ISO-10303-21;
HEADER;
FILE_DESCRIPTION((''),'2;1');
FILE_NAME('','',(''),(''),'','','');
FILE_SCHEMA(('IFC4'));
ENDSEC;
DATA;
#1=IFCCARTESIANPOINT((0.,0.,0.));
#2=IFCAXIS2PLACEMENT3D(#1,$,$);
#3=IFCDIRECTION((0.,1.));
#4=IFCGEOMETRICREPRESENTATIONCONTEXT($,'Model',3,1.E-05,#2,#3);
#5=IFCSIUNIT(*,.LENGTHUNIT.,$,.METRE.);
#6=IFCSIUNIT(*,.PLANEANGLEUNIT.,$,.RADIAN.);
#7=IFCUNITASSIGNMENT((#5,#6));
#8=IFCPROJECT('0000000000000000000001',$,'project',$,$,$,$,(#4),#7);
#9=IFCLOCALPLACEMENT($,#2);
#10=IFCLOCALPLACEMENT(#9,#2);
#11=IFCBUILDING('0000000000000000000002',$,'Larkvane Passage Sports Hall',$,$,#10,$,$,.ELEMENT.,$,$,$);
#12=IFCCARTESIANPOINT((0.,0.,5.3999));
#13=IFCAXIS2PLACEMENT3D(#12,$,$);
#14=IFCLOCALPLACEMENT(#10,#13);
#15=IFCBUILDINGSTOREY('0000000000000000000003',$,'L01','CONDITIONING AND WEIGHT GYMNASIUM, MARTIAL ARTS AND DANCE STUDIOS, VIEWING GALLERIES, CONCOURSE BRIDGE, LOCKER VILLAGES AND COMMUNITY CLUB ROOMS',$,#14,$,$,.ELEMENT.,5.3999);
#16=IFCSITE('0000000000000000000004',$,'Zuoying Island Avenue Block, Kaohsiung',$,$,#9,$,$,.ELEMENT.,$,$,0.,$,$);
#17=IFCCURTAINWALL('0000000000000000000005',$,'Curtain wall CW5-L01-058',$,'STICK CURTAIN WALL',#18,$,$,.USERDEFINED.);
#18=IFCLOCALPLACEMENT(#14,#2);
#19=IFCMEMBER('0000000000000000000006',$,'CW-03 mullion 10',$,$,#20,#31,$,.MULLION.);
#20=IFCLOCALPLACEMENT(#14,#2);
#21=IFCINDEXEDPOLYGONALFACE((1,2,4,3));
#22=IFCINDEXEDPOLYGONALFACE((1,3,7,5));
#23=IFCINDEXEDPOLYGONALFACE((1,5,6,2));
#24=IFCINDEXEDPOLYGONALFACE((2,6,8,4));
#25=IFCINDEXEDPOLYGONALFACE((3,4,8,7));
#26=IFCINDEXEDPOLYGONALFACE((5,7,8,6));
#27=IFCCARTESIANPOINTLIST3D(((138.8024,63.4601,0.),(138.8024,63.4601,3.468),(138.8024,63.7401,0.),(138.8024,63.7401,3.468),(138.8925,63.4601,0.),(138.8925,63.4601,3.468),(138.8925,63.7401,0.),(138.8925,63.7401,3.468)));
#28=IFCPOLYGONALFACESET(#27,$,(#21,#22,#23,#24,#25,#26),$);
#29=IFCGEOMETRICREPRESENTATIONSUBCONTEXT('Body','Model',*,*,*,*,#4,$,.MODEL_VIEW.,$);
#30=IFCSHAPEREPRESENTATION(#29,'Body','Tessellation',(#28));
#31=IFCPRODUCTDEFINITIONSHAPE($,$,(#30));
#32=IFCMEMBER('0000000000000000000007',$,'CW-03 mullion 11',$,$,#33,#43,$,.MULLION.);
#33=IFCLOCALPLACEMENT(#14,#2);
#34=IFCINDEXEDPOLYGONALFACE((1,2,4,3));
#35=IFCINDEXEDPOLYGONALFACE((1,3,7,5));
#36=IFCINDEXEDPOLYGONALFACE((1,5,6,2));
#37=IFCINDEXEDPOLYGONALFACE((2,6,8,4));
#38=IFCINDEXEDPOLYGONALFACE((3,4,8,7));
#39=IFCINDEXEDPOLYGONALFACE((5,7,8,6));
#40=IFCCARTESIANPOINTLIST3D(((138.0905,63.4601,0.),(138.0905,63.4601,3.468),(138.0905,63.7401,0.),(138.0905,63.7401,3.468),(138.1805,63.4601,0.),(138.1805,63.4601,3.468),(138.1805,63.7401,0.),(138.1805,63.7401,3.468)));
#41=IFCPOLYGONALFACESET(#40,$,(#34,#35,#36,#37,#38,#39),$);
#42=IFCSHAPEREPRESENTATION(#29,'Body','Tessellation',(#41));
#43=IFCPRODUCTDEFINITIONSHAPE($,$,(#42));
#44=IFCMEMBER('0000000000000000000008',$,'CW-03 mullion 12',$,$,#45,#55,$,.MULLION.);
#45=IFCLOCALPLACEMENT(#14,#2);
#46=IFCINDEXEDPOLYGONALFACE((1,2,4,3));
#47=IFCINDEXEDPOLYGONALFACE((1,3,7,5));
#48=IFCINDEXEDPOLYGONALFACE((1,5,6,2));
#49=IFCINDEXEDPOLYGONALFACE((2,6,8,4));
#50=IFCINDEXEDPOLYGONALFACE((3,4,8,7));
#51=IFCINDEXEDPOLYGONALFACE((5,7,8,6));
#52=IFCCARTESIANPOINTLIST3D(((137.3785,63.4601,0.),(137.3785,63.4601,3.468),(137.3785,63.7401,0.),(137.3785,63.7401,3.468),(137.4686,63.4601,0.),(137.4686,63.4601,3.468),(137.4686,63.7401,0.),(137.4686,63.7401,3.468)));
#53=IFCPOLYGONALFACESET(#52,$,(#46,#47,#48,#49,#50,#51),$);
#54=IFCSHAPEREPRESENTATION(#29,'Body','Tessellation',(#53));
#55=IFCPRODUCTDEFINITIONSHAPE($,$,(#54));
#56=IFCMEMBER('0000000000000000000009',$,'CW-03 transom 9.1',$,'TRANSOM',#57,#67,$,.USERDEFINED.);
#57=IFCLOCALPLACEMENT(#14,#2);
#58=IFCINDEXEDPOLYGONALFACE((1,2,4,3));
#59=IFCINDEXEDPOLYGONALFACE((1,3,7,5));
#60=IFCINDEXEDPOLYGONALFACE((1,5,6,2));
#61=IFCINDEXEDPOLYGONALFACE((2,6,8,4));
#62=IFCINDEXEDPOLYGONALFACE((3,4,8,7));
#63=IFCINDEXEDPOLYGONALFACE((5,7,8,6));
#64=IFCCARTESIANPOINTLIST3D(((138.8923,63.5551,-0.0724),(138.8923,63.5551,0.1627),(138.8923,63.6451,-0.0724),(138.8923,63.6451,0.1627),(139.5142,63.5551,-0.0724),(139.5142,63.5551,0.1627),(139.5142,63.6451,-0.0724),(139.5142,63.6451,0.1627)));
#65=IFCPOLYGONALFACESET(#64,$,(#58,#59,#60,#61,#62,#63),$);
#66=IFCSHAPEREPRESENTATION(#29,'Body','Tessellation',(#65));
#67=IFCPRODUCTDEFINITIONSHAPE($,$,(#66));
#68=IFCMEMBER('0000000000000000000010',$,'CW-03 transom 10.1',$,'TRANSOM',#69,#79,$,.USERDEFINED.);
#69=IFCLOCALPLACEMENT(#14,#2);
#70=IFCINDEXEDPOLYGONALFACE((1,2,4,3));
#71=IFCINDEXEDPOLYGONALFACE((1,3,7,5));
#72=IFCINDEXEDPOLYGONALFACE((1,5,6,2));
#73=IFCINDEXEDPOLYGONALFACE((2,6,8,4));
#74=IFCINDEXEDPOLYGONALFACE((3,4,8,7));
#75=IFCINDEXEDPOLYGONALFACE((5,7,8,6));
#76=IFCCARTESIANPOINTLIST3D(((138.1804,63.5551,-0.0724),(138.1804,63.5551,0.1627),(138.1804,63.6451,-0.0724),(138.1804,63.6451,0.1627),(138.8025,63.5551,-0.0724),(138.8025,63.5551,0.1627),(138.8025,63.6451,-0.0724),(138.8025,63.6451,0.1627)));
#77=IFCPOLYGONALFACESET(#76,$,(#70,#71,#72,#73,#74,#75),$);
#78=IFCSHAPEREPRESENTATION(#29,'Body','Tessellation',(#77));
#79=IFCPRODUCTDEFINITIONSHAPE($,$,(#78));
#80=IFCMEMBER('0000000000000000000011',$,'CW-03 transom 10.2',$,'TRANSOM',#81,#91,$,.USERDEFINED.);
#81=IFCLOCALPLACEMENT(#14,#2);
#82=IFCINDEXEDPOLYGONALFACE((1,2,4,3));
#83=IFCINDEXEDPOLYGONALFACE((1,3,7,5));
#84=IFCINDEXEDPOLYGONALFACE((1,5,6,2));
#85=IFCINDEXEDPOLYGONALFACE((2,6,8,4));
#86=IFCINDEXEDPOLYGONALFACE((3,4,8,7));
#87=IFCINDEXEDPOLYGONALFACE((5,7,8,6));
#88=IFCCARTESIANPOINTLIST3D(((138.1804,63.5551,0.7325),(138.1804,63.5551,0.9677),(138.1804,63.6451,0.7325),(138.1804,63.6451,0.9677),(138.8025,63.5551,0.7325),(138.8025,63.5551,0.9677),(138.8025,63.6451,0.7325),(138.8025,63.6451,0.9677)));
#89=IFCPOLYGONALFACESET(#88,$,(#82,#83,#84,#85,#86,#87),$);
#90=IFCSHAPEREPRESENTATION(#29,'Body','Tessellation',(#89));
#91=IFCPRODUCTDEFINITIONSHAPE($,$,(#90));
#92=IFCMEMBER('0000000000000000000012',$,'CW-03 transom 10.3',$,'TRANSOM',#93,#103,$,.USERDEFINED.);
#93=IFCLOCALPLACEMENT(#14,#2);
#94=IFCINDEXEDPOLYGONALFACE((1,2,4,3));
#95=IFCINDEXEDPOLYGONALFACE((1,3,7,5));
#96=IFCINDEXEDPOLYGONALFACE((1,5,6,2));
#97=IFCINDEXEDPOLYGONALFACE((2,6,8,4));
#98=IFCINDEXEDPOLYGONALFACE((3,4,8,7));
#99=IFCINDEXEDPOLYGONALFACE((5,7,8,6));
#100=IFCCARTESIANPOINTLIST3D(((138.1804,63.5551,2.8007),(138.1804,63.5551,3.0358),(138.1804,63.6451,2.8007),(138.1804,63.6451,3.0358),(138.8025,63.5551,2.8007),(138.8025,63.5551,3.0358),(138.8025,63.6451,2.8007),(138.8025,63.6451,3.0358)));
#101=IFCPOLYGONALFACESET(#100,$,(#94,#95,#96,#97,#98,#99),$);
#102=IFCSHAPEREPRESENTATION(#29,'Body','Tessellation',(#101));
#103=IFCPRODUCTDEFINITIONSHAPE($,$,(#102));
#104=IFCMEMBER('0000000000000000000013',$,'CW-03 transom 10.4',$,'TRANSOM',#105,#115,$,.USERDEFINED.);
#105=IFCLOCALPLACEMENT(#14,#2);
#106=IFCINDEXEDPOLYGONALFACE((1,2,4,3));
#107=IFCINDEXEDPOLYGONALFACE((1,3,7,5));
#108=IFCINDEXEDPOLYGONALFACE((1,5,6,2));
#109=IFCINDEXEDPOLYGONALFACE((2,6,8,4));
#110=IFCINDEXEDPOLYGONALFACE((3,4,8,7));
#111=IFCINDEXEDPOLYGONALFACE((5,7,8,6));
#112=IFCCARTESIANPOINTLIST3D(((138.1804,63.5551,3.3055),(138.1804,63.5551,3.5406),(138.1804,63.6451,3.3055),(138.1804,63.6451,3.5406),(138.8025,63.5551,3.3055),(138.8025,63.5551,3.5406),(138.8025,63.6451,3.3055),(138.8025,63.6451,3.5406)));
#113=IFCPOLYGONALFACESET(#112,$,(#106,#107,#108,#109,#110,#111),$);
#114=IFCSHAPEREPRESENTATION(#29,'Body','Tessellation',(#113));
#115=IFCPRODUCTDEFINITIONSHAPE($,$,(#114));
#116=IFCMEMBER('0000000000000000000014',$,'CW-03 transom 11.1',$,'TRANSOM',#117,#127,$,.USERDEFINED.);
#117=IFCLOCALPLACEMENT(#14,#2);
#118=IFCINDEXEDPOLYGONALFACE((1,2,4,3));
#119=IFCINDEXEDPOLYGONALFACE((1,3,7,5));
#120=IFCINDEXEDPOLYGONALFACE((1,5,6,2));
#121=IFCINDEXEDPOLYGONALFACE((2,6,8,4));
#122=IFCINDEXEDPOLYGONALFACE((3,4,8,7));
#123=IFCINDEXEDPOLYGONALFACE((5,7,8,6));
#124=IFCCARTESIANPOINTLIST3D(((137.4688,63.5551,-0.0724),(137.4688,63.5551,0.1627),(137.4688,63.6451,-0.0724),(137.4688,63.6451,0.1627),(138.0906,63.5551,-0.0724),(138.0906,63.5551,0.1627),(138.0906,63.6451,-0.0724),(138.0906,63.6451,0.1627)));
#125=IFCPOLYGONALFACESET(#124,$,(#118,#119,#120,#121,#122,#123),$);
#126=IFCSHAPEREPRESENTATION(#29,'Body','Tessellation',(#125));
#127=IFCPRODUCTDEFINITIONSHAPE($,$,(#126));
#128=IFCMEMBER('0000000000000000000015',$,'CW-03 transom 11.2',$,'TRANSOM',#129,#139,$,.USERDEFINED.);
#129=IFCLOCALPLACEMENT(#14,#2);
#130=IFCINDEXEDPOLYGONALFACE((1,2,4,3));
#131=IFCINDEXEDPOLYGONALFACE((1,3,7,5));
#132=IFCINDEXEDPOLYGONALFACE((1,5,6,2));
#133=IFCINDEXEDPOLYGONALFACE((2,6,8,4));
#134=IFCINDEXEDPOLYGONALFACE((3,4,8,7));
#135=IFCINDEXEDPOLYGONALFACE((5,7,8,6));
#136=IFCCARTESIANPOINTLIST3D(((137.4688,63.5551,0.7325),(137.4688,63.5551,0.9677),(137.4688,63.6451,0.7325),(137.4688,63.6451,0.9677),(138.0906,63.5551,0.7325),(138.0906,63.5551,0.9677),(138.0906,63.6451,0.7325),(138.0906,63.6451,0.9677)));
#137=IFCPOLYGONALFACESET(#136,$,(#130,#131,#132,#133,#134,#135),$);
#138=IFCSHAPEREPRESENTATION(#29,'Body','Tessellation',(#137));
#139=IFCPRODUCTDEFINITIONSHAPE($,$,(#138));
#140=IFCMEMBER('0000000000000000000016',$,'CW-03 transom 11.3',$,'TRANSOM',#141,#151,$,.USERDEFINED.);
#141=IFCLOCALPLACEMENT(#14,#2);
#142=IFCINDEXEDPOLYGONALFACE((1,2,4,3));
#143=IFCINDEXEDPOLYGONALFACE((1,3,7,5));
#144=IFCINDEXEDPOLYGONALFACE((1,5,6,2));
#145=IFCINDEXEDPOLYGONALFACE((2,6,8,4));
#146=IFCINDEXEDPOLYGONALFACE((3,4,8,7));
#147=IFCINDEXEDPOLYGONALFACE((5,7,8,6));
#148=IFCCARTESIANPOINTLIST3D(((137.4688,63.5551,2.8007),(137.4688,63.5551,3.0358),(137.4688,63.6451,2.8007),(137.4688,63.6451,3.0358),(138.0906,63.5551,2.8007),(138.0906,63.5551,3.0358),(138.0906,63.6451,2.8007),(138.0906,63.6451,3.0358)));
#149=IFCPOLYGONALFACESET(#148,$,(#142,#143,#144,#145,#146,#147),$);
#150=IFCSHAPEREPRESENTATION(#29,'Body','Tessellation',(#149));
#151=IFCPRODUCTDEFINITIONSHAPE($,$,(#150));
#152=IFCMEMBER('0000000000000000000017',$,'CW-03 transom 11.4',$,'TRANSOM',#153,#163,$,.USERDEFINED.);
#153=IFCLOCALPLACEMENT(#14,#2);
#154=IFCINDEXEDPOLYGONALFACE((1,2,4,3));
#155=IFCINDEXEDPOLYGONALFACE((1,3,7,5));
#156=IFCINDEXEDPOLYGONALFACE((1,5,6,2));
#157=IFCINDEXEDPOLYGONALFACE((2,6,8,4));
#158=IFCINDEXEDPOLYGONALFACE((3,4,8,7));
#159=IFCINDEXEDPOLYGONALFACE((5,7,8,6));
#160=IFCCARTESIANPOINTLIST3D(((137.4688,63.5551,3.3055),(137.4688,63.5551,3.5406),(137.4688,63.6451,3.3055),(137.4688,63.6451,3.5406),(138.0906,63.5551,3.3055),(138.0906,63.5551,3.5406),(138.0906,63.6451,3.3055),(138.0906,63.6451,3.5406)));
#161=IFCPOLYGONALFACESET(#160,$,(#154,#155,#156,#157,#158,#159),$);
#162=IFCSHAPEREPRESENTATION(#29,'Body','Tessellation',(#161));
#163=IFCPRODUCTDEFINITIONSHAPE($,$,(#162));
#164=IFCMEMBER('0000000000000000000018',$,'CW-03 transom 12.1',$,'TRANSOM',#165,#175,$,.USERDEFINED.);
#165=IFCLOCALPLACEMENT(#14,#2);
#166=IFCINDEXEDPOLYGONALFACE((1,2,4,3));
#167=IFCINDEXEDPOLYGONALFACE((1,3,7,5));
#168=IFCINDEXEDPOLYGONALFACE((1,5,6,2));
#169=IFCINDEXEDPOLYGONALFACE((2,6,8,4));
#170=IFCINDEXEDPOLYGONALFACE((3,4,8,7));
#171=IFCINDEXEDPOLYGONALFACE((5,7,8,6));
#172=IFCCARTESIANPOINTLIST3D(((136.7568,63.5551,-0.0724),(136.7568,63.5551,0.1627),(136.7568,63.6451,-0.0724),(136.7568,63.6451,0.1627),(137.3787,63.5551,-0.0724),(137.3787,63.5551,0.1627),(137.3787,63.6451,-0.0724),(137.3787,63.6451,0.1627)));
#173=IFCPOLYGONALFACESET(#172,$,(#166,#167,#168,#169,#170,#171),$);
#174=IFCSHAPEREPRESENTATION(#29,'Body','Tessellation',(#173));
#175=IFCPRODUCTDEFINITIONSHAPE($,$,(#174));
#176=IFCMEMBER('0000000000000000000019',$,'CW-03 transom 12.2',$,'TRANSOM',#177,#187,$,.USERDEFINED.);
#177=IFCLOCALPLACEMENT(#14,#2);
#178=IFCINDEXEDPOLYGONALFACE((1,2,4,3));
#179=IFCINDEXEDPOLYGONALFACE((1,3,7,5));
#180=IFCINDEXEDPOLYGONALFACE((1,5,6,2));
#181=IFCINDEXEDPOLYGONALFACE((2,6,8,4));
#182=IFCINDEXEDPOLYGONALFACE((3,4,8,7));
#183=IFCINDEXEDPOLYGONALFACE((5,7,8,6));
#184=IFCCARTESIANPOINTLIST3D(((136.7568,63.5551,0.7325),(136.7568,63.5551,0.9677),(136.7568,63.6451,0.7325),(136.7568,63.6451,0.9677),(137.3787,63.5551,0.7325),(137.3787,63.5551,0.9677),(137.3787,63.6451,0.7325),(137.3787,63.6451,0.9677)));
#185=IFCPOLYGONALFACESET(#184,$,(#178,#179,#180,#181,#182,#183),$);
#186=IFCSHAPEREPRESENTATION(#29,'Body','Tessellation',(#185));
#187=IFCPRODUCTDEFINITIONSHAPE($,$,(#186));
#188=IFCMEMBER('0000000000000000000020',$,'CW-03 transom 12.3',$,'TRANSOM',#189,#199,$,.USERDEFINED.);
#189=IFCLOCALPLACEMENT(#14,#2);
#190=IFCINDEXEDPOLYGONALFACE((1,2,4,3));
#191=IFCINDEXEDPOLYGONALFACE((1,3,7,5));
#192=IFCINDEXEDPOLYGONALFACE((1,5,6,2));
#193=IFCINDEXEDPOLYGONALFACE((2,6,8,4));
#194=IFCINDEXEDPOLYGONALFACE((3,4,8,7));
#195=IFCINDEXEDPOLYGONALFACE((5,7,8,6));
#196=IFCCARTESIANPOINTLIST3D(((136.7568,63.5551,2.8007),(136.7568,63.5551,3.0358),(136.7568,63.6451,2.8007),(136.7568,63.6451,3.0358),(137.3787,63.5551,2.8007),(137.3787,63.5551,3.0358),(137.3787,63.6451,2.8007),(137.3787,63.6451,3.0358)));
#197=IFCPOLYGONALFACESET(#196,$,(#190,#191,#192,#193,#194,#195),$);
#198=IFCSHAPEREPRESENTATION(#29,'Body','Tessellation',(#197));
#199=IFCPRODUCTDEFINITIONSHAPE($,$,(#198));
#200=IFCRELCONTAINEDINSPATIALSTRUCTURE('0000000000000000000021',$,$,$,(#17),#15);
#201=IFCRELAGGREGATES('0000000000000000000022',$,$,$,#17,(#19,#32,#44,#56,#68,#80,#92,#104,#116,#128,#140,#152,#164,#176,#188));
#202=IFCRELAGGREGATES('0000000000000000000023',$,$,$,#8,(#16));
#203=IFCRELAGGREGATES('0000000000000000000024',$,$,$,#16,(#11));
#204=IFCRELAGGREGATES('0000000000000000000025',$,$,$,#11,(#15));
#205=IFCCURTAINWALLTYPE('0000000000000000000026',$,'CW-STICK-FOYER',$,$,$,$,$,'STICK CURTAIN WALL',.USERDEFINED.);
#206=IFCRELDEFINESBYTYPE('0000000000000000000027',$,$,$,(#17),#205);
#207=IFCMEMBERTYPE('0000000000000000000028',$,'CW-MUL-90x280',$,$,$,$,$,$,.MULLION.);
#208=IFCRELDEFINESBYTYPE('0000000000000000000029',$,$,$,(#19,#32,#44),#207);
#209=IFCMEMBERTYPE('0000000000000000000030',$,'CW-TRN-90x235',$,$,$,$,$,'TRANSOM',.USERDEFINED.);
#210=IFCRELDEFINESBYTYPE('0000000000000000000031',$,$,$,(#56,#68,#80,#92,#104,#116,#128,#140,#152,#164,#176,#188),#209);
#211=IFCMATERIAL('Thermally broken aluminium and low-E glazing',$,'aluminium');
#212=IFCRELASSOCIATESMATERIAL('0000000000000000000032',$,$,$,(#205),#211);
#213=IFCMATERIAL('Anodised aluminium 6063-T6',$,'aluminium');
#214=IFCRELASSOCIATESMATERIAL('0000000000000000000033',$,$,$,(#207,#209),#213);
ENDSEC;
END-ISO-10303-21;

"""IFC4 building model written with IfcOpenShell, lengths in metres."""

from ifc_helpers import new_model, si_unit, direction, frame, origin, origin_2d, place, context, subcontext, project, spatial, rectangle, extrude, material, material_profile, profile_set, type_object, element, aggregate, save


model = new_model("IFC4")

# Units and contexts
model_context = context("Model", 3, precision=1e-05, world=origin(), true_north=direction((0.0, 1.0)))
body_context = subcontext(model_context, "Body", "Model", "MODEL_VIEW")
ifc_project = project(units=[si_unit("LENGTHUNIT", "METRE"), si_unit("PLANEANGLEUNIT", "RADIAN")], contexts=[model_context])

# Site, building, storey
site_placement = place(None, origin())
site = spatial("IfcSite", under=ifc_project, at=site_placement, Name="Zuoying Island Avenue Block, Kaohsiung", CompositionType="ELEMENT", RefElevation=0.0)
building_placement = place(site_placement, origin())
building = spatial("IfcBuilding", under=site, at=building_placement, Name="Larkvane Passage Sports Hall", CompositionType="ELEMENT")
storey_placement = place(building_placement, frame((0.0, 0.0, 5.3999)))
storey = spatial("IfcBuildingStorey", under=building, at=storey_placement, Name="L01", Description="CONDITIONING AND WEIGHT GYMNASIUM, MARTIAL ARTS AND DANCE STUDIOS, VIEWING GALLERIES, CONCOURSE BRIDGE, LOCKER VILLAGES AND COMMUNITY CLUB ROOMS", CompositionType="ELEMENT", Elevation=5.3999)

# Curtain wall, members
ifc_material_1 = material(Name="Thermally broken aluminium and low-E glazing", Category="aluminium")
curtain_wall_type = type_object("IfcCurtainWallType", Name="CW-STICK-FOYER", ElementType="STICK CURTAIN WALL", PredefinedType="USERDEFINED", material=ifc_material_1)
curtain_wall_placement = place(storey_placement, origin())
curtain_wall = element("IfcCurtainWall", 1, at=curtain_wall_placement, inside=storey, type_object=curtain_wall_type, Name="Curtain wall CW5-L01-058", ObjectType="STICK CURTAIN WALL", PredefinedType="USERDEFINED")
ifc_material_2 = material(Name="Anodised aluminium 6063-T6", Category="aluminium")
ifc_material_profile_1 = material_profile(ifc_material_2, rectangle(XDim=0.0901, YDim=0.28, at=origin_2d()), Name="ALU-MUL-90x280")
ifc_profile_set_1 = profile_set([ifc_material_profile_1], Name="Anodised aluminium 6063-T6")
member_type_1 = type_object("IfcMemberType", Name="CW-MUL-90x280", PredefinedType="MULLION", material=ifc_profile_set_1)
member_1_placement = place(storey_placement, frame((138.8474, 63.6001, 0.0), z_axis=(0.0, 0.0, 1.0), x_axis=(-1.0, 0.0, 0.0)))
member_1 = element("IfcMember", 2, at=member_1_placement, type_object=member_type_1, Name="CW-03 mullion 10", PredefinedType="MULLION", context=body_context, shape_type="SweptSolid", body=[
    extrude(rectangle(XDim=0.0901, YDim=0.28, at=origin_2d()), origin(), (0.0, 0.0, 1.0), 3.468),
])
member_2_placement = place(storey_placement, frame((138.1355, 63.6001, 0.0), z_axis=(0.0, 0.0, 1.0), x_axis=(-1.0, 0.0, 0.0)))
member_2 = element("IfcMember", 3, at=member_2_placement, type_object=member_type_1, Name="CW-03 mullion 11", PredefinedType="MULLION", context=body_context, shape_type="SweptSolid", body=[
    extrude(rectangle(XDim=0.0901, YDim=0.28, at=origin_2d()), origin(), (0.0, 0.0, 1.0), 3.468),
])
member_3_placement = place(storey_placement, frame((137.4236, 63.6001, 0.0), z_axis=(0.0, 0.0, 1.0), x_axis=(-1.0, 0.0, 0.0)))
member_3 = element("IfcMember", 4, at=member_3_placement, type_object=member_type_1, Name="CW-03 mullion 12", PredefinedType="MULLION", context=body_context, shape_type="SweptSolid", body=[
    extrude(rectangle(XDim=0.0901, YDim=0.28, at=origin_2d()), origin(), (0.0, 0.0, 1.0), 3.468),
])
ifc_material_profile_2 = material_profile(ifc_material_2, rectangle(XDim=0.0901, YDim=0.2351, at=origin_2d()), Name="ALU-TRN-90x235")
ifc_profile_set_2 = profile_set([ifc_material_profile_2], Name="Anodised aluminium 6063-T6")
member_type_2 = type_object("IfcMemberType", Name="CW-TRN-90x235", ElementType="TRANSOM", PredefinedType="USERDEFINED", material=ifc_profile_set_2)
member_4_placement = place(storey_placement, frame((139.5142, 63.6001, 0.0452), z_axis=(-1.0, 0.0, 0.0), x_axis=(0.0, -1.0, 0.0)))
member_4 = element("IfcMember", 5, at=member_4_placement, type_object=member_type_2, Name="CW-03 transom 9.1", ObjectType="TRANSOM", PredefinedType="USERDEFINED", context=body_context, shape_type="SweptSolid", body=[
    extrude(rectangle(XDim=0.0901, YDim=0.2351, at=origin_2d()), origin(), (0.0, 0.0, 1.0), 0.6218),
])
member_5_placement = place(storey_placement, frame((138.8025, 63.6001, 0.0452), z_axis=(-1.0, 0.0, 0.0), x_axis=(0.0, -1.0, 0.0)))
member_5 = element("IfcMember", 6, at=member_5_placement, type_object=member_type_2, Name="CW-03 transom 10.1", ObjectType="TRANSOM", PredefinedType="USERDEFINED", context=body_context, shape_type="SweptSolid", body=[
    extrude(rectangle(XDim=0.0901, YDim=0.2351, at=origin_2d()), origin(), (0.0, 0.0, 1.0), 0.6221),
])
member_6_placement = place(storey_placement, frame((138.8025, 63.6001, 0.8501), z_axis=(-1.0, 0.0, 0.0), x_axis=(0.0, -1.0, 0.0)))
member_6 = element("IfcMember", 7, at=member_6_placement, type_object=member_type_2, Name="CW-03 transom 10.2", ObjectType="TRANSOM", PredefinedType="USERDEFINED", context=body_context, shape_type="SweptSolid", body=[
    extrude(rectangle(XDim=0.0901, YDim=0.2351, at=origin_2d()), origin(), (0.0, 0.0, 1.0), 0.6221),
])
member_7_placement = place(storey_placement, frame((138.8025, 63.6001, 2.9182), z_axis=(-1.0, 0.0, 0.0), x_axis=(0.0, -1.0, 0.0)))
member_7 = element("IfcMember", 8, at=member_7_placement, type_object=member_type_2, Name="CW-03 transom 10.3", ObjectType="TRANSOM", PredefinedType="USERDEFINED", context=body_context, shape_type="SweptSolid", body=[
    extrude(rectangle(XDim=0.0901, YDim=0.2351, at=origin_2d()), origin(), (0.0, 0.0, 1.0), 0.6221),
])
member_8_placement = place(storey_placement, frame((138.8025, 63.6001, 3.4231), z_axis=(-1.0, 0.0, 0.0), x_axis=(0.0, -1.0, 0.0)))
member_8 = element("IfcMember", 9, at=member_8_placement, type_object=member_type_2, Name="CW-03 transom 10.4", ObjectType="TRANSOM", PredefinedType="USERDEFINED", context=body_context, shape_type="SweptSolid", body=[
    extrude(rectangle(XDim=0.0901, YDim=0.2351, at=origin_2d()), origin(), (0.0, 0.0, 1.0), 0.6221),
])
member_9_placement = place(storey_placement, frame((138.0906, 63.6001, 0.0452), z_axis=(-1.0, 0.0, 0.0), x_axis=(0.0, -1.0, 0.0)))
member_9 = element("IfcMember", 10, at=member_9_placement, type_object=member_type_2, Name="CW-03 transom 11.1", ObjectType="TRANSOM", PredefinedType="USERDEFINED", context=body_context, shape_type="SweptSolid", body=[
    extrude(rectangle(XDim=0.0901, YDim=0.2351, at=origin_2d()), origin(), (0.0, 0.0, 1.0), 0.6218),
])
member_10_placement = place(storey_placement, frame((138.0906, 63.6001, 0.8501), z_axis=(-1.0, 0.0, 0.0), x_axis=(0.0, -1.0, 0.0)))
member_10 = element("IfcMember", 11, at=member_10_placement, type_object=member_type_2, Name="CW-03 transom 11.2", ObjectType="TRANSOM", PredefinedType="USERDEFINED", context=body_context, shape_type="SweptSolid", body=[
    extrude(rectangle(XDim=0.0901, YDim=0.2351, at=origin_2d()), origin(), (0.0, 0.0, 1.0), 0.6218),
])
member_11_placement = place(storey_placement, frame((138.0906, 63.6001, 2.9182), z_axis=(-1.0, 0.0, 0.0), x_axis=(0.0, -1.0, 0.0)))
member_11 = element("IfcMember", 12, at=member_11_placement, type_object=member_type_2, Name="CW-03 transom 11.3", ObjectType="TRANSOM", PredefinedType="USERDEFINED", context=body_context, shape_type="SweptSolid", body=[
    extrude(rectangle(XDim=0.0901, YDim=0.2351, at=origin_2d()), origin(), (0.0, 0.0, 1.0), 0.6218),
])
member_12_placement = place(storey_placement, frame((138.0906, 63.6001, 3.4231), z_axis=(-1.0, 0.0, 0.0), x_axis=(0.0, -1.0, 0.0)))
member_12 = element("IfcMember", 13, at=member_12_placement, type_object=member_type_2, Name="CW-03 transom 11.4", ObjectType="TRANSOM", PredefinedType="USERDEFINED", context=body_context, shape_type="SweptSolid", body=[
    extrude(rectangle(XDim=0.0901, YDim=0.2351, at=origin_2d()), origin(), (0.0, 0.0, 1.0), 0.6218),
])
member_13_placement = place(storey_placement, frame((137.3787, 63.6001, 0.0452), z_axis=(-1.0, 0.0, 0.0), x_axis=(0.0, -1.0, 0.0)))
member_13 = element("IfcMember", 14, at=member_13_placement, type_object=member_type_2, Name="CW-03 transom 12.1", ObjectType="TRANSOM", PredefinedType="USERDEFINED", context=body_context, shape_type="SweptSolid", body=[
    extrude(rectangle(XDim=0.0901, YDim=0.2351, at=origin_2d()), origin(), (0.0, 0.0, 1.0), 0.6218),
])
member_14_placement = place(storey_placement, frame((137.3787, 63.6001, 0.8501), z_axis=(-1.0, 0.0, 0.0), x_axis=(0.0, -1.0, 0.0)))
member_14 = element("IfcMember", 15, at=member_14_placement, type_object=member_type_2, Name="CW-03 transom 12.2", ObjectType="TRANSOM", PredefinedType="USERDEFINED", context=body_context, shape_type="SweptSolid", body=[
    extrude(rectangle(XDim=0.0901, YDim=0.2351, at=origin_2d()), origin(), (0.0, 0.0, 1.0), 0.6218),
])
member_15_placement = place(storey_placement, frame((137.3787, 63.6001, 2.9182), z_axis=(-1.0, 0.0, 0.0), x_axis=(0.0, -1.0, 0.0)))
member_15 = element("IfcMember", 16, at=member_15_placement, type_object=member_type_2, Name="CW-03 transom 12.3", ObjectType="TRANSOM", PredefinedType="USERDEFINED", context=body_context, shape_type="SweptSolid", body=[
    extrude(rectangle(XDim=0.0901, YDim=0.2351, at=origin_2d()), origin(), (0.0, 0.0, 1.0), 0.6218),
])
aggregate(curtain_wall, [member_1, member_2, member_3, member_4, member_5, member_6, member_7, member_8, member_9, member_10, member_11, member_12, member_13, member_14, member_15])

save(model, "model.ifc")
